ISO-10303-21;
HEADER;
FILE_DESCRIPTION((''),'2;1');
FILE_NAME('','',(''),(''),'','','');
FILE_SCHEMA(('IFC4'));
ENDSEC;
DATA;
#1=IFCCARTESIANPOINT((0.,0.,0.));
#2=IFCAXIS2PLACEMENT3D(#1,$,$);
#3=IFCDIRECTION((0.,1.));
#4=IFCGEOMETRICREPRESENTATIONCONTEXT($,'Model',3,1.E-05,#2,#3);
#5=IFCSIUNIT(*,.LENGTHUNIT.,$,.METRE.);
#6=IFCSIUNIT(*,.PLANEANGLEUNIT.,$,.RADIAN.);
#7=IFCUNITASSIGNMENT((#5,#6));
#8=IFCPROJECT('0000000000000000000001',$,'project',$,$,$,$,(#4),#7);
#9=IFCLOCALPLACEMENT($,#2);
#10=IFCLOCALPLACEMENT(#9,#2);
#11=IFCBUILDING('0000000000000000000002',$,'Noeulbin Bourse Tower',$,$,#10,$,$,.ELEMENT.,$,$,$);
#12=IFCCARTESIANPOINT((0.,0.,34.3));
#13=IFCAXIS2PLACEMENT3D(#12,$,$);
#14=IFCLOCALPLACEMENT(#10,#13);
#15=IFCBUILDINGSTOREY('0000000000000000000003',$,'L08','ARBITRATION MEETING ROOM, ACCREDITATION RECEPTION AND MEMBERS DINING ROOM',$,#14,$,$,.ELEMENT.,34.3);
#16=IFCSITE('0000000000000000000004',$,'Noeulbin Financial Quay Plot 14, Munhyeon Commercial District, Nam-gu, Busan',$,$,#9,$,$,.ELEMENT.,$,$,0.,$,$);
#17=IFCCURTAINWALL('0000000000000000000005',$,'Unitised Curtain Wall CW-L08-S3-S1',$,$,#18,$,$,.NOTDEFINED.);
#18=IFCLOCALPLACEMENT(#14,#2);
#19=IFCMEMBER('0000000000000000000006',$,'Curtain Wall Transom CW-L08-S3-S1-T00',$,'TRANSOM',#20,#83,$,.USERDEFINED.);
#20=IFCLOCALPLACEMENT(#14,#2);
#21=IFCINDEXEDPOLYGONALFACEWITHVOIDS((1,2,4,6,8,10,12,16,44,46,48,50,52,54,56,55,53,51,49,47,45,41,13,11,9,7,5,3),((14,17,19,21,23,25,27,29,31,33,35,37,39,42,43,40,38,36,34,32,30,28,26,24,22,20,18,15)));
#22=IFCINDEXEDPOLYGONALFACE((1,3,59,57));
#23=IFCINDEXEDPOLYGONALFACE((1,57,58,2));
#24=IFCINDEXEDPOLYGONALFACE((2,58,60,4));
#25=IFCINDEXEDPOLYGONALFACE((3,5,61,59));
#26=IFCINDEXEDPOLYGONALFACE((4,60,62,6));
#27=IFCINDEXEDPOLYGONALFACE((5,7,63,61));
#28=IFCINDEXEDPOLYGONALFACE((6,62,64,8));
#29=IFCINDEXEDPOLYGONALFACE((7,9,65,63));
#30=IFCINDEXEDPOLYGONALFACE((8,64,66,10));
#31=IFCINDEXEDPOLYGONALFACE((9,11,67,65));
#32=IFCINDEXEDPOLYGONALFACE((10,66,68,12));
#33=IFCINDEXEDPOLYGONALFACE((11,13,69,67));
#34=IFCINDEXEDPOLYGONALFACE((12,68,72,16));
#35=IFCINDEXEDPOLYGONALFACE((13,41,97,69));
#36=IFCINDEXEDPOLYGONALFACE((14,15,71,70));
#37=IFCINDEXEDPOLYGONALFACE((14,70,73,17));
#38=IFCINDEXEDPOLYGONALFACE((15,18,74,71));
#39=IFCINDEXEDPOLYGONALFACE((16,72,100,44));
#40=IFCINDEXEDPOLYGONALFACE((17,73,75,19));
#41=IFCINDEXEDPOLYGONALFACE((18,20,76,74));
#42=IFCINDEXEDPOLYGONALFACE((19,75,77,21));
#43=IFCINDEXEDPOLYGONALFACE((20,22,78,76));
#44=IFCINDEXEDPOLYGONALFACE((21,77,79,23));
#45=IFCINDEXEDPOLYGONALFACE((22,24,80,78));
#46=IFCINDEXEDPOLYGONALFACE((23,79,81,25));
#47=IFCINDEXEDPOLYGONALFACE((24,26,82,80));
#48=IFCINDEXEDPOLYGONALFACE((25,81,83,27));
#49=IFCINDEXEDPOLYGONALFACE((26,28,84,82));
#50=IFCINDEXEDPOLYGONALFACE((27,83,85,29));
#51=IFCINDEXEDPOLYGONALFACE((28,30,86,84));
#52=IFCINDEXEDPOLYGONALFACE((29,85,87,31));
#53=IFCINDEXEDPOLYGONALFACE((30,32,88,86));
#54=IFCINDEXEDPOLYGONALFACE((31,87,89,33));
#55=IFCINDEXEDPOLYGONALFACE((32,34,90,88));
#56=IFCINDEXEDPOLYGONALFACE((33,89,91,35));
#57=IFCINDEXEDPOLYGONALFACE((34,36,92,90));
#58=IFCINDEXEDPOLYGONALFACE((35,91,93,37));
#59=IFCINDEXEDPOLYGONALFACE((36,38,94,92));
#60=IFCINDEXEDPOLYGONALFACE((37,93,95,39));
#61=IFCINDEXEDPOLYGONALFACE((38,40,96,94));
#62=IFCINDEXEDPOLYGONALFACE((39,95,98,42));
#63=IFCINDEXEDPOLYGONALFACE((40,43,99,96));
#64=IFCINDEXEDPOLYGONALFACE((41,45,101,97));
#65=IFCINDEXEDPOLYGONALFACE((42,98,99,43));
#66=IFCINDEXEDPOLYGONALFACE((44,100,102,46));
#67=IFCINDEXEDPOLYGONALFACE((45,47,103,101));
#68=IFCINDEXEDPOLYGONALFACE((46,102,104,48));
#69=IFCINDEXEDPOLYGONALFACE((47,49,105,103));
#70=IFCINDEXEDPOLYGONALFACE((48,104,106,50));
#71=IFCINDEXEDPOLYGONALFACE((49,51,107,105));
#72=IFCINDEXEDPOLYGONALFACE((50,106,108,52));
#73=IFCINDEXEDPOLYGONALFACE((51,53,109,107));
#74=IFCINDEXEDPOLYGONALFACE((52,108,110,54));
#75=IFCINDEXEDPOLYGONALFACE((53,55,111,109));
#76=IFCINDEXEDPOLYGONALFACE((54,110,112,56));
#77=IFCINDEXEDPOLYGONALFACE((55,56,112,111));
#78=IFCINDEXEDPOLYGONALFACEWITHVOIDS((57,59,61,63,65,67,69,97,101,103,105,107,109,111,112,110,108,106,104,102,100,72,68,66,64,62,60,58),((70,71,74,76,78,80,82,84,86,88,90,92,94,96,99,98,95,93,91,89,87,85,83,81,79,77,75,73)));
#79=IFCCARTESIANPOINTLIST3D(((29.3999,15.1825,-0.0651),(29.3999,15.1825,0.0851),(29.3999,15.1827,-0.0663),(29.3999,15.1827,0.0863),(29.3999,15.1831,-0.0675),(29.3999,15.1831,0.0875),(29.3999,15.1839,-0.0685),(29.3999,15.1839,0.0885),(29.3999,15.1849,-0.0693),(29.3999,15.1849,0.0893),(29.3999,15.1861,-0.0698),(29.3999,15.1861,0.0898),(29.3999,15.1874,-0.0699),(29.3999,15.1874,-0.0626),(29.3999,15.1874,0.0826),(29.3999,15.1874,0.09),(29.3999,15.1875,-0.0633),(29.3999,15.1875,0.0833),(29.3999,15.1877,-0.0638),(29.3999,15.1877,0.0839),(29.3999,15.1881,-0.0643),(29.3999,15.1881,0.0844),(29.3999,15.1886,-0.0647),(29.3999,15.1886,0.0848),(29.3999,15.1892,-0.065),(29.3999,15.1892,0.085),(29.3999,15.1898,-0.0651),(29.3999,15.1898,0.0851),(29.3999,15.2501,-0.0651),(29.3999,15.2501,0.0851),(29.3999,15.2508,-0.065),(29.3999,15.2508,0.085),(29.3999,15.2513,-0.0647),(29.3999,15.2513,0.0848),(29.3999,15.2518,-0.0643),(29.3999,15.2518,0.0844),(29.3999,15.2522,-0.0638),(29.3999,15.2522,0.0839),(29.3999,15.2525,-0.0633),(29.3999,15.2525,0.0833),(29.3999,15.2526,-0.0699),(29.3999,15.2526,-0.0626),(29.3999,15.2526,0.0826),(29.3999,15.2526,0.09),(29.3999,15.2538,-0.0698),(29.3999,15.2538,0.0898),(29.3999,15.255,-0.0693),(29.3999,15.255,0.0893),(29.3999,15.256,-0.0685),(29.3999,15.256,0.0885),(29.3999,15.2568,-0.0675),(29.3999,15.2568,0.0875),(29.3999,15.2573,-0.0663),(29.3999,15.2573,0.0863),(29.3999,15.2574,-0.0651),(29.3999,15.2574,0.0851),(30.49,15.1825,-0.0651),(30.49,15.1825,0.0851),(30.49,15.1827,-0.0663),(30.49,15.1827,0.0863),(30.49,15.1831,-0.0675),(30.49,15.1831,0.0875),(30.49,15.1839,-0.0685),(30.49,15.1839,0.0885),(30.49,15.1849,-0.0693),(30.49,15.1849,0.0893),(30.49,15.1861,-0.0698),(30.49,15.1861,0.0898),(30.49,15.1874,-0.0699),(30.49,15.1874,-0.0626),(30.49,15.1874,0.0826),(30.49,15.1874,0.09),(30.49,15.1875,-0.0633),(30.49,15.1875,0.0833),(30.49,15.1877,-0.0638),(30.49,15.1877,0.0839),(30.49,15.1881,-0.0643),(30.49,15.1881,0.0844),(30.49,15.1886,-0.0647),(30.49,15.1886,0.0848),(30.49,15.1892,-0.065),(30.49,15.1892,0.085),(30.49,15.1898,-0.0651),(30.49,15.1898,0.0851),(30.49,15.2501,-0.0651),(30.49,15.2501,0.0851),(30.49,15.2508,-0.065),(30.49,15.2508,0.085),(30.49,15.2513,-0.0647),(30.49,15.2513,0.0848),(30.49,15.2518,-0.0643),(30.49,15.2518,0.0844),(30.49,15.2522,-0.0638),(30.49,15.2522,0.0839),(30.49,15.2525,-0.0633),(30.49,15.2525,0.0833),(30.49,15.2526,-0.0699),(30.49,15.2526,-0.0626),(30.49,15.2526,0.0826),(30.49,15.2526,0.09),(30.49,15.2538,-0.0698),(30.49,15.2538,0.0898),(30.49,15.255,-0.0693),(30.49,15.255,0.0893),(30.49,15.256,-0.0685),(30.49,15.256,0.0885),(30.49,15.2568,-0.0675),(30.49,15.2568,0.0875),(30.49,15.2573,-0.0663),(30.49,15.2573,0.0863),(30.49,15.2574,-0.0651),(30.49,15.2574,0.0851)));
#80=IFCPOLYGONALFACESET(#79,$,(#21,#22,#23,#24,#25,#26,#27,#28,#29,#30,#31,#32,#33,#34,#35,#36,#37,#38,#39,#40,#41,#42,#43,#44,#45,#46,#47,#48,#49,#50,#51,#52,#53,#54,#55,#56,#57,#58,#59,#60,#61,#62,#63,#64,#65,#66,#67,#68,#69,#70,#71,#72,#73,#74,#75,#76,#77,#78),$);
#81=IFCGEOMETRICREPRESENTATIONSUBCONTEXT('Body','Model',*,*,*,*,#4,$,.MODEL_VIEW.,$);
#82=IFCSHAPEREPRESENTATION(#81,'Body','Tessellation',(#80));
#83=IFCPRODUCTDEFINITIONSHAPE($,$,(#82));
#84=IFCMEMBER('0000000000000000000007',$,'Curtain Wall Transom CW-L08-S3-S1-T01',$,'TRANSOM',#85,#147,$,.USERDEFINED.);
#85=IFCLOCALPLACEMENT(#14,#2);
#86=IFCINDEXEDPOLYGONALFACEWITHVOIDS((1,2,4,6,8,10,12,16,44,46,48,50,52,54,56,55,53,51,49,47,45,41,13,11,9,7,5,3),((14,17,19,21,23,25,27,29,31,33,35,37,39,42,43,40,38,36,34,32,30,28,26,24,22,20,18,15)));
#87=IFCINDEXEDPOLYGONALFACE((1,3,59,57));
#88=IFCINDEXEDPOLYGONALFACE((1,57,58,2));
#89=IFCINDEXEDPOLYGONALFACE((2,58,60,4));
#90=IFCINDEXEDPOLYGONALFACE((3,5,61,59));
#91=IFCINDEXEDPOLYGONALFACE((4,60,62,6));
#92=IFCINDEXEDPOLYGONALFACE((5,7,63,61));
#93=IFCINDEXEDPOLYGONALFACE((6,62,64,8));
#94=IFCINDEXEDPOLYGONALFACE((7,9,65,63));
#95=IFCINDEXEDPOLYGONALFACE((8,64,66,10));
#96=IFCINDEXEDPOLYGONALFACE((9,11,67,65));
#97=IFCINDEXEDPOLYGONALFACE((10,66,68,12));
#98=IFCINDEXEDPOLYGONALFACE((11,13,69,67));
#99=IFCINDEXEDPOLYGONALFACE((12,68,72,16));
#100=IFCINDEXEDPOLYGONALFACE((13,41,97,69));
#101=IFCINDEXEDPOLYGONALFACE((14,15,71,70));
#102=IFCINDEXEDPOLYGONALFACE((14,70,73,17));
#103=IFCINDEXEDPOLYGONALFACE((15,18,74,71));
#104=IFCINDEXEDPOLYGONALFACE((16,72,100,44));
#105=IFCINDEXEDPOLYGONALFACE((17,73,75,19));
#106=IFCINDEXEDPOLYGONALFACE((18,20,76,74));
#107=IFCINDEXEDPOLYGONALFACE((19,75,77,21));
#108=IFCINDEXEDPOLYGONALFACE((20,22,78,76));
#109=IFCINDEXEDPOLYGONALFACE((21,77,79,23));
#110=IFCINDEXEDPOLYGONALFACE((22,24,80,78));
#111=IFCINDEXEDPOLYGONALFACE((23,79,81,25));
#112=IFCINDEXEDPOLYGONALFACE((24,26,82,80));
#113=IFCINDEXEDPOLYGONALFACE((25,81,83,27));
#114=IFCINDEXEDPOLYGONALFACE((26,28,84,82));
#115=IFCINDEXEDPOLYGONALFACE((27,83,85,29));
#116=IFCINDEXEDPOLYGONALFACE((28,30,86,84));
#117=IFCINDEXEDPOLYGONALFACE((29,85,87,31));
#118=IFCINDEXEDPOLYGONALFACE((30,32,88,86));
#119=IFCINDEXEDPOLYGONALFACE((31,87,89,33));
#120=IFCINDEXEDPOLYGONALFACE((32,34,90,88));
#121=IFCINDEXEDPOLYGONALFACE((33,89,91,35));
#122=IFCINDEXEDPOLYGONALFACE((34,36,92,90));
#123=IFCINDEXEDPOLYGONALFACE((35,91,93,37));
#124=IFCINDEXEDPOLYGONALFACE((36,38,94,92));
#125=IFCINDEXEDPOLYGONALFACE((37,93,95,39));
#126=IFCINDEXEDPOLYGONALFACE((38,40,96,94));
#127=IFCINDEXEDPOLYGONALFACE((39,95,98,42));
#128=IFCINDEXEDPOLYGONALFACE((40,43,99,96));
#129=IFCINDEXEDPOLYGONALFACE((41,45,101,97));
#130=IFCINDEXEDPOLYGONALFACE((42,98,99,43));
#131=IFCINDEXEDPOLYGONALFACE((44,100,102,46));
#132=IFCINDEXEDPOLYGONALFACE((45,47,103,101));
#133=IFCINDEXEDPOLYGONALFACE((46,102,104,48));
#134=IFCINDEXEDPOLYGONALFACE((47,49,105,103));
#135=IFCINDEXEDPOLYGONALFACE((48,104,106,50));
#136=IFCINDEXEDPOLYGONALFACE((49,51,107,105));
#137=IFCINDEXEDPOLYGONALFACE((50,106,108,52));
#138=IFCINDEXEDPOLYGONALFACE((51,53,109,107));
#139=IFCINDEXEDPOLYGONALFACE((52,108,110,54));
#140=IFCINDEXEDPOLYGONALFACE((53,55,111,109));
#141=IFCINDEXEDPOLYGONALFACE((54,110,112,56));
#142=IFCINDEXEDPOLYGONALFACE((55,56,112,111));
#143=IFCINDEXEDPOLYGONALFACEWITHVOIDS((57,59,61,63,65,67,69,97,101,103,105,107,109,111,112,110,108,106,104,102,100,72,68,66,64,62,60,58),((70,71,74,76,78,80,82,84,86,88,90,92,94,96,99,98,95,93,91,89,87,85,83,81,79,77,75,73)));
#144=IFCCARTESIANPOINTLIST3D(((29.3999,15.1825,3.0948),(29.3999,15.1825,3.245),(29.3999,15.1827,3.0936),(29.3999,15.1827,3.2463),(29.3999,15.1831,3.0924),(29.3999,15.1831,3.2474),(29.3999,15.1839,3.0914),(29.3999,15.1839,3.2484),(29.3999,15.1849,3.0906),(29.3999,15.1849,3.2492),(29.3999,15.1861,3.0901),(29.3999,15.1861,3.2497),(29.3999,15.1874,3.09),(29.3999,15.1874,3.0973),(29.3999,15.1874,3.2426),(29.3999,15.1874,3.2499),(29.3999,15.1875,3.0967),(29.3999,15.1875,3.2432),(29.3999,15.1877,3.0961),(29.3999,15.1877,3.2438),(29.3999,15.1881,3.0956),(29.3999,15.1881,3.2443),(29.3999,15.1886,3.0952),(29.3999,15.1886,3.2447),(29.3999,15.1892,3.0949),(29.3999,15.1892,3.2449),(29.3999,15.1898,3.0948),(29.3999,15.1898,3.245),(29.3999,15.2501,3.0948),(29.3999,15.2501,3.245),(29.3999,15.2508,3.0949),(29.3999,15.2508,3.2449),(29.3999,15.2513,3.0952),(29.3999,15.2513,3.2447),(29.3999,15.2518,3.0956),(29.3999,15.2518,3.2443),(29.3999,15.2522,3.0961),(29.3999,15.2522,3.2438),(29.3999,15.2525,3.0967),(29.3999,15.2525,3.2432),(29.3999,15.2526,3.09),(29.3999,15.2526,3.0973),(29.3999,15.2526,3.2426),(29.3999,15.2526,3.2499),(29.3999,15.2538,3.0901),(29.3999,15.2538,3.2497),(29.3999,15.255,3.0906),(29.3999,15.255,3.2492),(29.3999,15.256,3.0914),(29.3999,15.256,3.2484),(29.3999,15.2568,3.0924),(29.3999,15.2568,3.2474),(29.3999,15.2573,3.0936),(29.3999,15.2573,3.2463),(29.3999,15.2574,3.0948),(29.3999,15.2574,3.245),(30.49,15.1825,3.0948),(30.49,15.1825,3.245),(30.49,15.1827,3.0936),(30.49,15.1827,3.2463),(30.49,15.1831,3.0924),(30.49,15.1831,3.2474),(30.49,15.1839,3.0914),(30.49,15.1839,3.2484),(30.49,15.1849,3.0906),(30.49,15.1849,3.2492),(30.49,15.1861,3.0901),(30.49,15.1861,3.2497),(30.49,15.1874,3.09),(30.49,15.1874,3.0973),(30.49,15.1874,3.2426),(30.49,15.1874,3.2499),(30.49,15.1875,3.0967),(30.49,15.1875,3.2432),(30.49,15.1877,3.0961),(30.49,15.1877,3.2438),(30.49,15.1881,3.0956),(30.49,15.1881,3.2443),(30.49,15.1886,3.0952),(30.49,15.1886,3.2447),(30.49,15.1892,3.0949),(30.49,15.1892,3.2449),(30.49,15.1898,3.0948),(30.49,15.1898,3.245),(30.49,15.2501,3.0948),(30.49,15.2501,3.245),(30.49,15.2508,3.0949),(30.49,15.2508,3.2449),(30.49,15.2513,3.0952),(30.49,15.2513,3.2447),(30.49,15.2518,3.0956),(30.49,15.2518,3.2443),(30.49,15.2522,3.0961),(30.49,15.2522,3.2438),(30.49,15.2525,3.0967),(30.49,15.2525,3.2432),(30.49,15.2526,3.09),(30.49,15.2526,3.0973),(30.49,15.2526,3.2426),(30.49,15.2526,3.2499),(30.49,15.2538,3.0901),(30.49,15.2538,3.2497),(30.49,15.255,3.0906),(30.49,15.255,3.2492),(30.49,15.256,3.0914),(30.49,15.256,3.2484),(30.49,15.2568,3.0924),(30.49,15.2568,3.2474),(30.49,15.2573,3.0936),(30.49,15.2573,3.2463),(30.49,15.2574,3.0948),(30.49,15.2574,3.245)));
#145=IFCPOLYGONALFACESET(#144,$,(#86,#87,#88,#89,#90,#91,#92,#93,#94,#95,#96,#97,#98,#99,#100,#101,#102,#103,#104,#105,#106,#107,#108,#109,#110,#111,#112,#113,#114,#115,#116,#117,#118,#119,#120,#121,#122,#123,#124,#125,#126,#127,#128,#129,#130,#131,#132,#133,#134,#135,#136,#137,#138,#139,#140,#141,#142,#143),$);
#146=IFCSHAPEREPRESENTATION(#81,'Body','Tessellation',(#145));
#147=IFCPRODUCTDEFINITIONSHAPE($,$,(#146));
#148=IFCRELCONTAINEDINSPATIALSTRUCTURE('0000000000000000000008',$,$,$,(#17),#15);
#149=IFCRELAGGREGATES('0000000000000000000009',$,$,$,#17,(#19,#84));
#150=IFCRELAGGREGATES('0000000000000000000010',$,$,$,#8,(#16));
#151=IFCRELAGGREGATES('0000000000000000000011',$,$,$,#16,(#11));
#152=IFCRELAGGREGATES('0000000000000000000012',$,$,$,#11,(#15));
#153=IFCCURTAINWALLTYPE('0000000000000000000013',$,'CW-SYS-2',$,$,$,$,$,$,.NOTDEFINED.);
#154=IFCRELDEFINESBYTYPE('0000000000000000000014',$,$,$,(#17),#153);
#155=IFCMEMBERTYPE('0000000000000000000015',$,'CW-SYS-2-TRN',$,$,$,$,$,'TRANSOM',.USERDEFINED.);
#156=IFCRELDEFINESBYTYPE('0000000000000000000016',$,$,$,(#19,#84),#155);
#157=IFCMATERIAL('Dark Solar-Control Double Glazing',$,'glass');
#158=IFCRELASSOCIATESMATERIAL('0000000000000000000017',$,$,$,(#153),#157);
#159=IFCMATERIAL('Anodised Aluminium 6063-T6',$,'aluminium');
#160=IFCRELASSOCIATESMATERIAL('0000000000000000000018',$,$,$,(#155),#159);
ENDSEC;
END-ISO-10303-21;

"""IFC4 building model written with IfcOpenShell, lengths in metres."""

from ifc_helpers import new_model, si_unit, direction, frame, origin, origin_2d, place, context, subcontext, project, spatial, hollow_rectangle, extrude, material, material_profile, profile_set, type_object, element, aggregate, save


model = new_model("IFC4")

# Units and contexts
model_context = context("Model", 3, precision=1e-05, world=origin(), true_north=direction((0.0, 1.0)))
body_context = subcontext(model_context, "Body", "Model", "MODEL_VIEW")
ifc_project = project(units=[si_unit("LENGTHUNIT", "METRE"), si_unit("PLANEANGLEUNIT", "RADIAN")], contexts=[model_context])

# Site, building, storey
site_placement = place(None, origin())
site = spatial("IfcSite", under=ifc_project, at=site_placement, Name="Noeulbin Financial Quay Plot 14, Munhyeon Commercial District, Nam-gu, Busan", CompositionType="ELEMENT", RefElevation=0.0)
building_placement = place(site_placement, origin())
building = spatial("IfcBuilding", under=site, at=building_placement, Name="Noeulbin Bourse Tower", CompositionType="ELEMENT")
storey_placement = place(building_placement, frame((0.0, 0.0, 34.3)))
storey = spatial("IfcBuildingStorey", under=building, at=storey_placement, Name="L08", Description="ARBITRATION MEETING ROOM, ACCREDITATION RECEPTION AND MEMBERS DINING ROOM", CompositionType="ELEMENT", Elevation=34.3)

# Curtain wall
ifc_material_1 = material(Name="Dark Solar-Control Double Glazing", Category="glass")
curtain_wall_type = type_object("IfcCurtainWallType", Name="CW-SYS-2", PredefinedType="NOTDEFINED", material=ifc_material_1)
curtain_wall_1_placement = place(storey_placement, origin())
curtain_wall_1 = element("IfcCurtainWall", 1, at=curtain_wall_1_placement, inside=storey, type_object=curtain_wall_type, Name="Unitised Curtain Wall CW-L08-S3-S1", PredefinedType="NOTDEFINED")
ifc_material_2 = material(Name="Anodised Aluminium 6063-T6", Category="aluminium")

# Members
ifc_material_profile_1 = material_profile(ifc_material_2, hollow_rectangle(XDim=0.075, YDim=0.1599, WallThickness=0.0049, InnerFilletRadius=0.0024, OuterFilletRadius=0.0049, at=origin_2d()), Name="ALU-TRAN-75x160x5", Category="LoadBearing")
ifc_profile_set_1 = profile_set([ifc_material_profile_1], Name="Anodised Aluminium 6063-T6")
member_type_1 = type_object("IfcMemberType", Name="CW-SYS-2-TRN", ElementType="TRANSOM", PredefinedType="USERDEFINED", material=ifc_profile_set_1)
member_1_placement = place(storey_placement, frame((29.3999, 15.22, 0.01), z_axis=(1.0, 0.0, 0.0), x_axis=(0.0, 1.0, 0.0)))
member_1 = element("IfcMember", 2, at=member_1_placement, type_object=member_type_1, Name="Curtain Wall Transom CW-L08-S3-S1-T00", ObjectType="TRANSOM", PredefinedType="USERDEFINED", context=body_context, shape_type="SweptSolid", body=[
    extrude(hollow_rectangle(XDim=0.075, YDim=0.1599, WallThickness=0.0049, InnerFilletRadius=0.0024, OuterFilletRadius=0.0049, at=origin_2d()), origin(), (0.0, 0.0, 1.0), 1.0901),
])
member_2_placement = place(storey_placement, frame((29.3999, 15.22, 3.1699), z_axis=(1.0, 0.0, 0.0), x_axis=(0.0, 1.0, 0.0)))
member_2 = element("IfcMember", 3, at=member_2_placement, type_object=member_type_1, Name="Curtain Wall Transom CW-L08-S3-S1-T01", ObjectType="TRANSOM", PredefinedType="USERDEFINED", context=body_context, shape_type="SweptSolid", body=[
    extrude(hollow_rectangle(XDim=0.075, YDim=0.1599, WallThickness=0.0049, InnerFilletRadius=0.0024, OuterFilletRadius=0.0049, at=origin_2d()), origin(), (0.0, 0.0, 1.0), 1.0901),
])

aggregate(curtain_wall_1, [member_1, member_2])

save(model, "model.ifc")
